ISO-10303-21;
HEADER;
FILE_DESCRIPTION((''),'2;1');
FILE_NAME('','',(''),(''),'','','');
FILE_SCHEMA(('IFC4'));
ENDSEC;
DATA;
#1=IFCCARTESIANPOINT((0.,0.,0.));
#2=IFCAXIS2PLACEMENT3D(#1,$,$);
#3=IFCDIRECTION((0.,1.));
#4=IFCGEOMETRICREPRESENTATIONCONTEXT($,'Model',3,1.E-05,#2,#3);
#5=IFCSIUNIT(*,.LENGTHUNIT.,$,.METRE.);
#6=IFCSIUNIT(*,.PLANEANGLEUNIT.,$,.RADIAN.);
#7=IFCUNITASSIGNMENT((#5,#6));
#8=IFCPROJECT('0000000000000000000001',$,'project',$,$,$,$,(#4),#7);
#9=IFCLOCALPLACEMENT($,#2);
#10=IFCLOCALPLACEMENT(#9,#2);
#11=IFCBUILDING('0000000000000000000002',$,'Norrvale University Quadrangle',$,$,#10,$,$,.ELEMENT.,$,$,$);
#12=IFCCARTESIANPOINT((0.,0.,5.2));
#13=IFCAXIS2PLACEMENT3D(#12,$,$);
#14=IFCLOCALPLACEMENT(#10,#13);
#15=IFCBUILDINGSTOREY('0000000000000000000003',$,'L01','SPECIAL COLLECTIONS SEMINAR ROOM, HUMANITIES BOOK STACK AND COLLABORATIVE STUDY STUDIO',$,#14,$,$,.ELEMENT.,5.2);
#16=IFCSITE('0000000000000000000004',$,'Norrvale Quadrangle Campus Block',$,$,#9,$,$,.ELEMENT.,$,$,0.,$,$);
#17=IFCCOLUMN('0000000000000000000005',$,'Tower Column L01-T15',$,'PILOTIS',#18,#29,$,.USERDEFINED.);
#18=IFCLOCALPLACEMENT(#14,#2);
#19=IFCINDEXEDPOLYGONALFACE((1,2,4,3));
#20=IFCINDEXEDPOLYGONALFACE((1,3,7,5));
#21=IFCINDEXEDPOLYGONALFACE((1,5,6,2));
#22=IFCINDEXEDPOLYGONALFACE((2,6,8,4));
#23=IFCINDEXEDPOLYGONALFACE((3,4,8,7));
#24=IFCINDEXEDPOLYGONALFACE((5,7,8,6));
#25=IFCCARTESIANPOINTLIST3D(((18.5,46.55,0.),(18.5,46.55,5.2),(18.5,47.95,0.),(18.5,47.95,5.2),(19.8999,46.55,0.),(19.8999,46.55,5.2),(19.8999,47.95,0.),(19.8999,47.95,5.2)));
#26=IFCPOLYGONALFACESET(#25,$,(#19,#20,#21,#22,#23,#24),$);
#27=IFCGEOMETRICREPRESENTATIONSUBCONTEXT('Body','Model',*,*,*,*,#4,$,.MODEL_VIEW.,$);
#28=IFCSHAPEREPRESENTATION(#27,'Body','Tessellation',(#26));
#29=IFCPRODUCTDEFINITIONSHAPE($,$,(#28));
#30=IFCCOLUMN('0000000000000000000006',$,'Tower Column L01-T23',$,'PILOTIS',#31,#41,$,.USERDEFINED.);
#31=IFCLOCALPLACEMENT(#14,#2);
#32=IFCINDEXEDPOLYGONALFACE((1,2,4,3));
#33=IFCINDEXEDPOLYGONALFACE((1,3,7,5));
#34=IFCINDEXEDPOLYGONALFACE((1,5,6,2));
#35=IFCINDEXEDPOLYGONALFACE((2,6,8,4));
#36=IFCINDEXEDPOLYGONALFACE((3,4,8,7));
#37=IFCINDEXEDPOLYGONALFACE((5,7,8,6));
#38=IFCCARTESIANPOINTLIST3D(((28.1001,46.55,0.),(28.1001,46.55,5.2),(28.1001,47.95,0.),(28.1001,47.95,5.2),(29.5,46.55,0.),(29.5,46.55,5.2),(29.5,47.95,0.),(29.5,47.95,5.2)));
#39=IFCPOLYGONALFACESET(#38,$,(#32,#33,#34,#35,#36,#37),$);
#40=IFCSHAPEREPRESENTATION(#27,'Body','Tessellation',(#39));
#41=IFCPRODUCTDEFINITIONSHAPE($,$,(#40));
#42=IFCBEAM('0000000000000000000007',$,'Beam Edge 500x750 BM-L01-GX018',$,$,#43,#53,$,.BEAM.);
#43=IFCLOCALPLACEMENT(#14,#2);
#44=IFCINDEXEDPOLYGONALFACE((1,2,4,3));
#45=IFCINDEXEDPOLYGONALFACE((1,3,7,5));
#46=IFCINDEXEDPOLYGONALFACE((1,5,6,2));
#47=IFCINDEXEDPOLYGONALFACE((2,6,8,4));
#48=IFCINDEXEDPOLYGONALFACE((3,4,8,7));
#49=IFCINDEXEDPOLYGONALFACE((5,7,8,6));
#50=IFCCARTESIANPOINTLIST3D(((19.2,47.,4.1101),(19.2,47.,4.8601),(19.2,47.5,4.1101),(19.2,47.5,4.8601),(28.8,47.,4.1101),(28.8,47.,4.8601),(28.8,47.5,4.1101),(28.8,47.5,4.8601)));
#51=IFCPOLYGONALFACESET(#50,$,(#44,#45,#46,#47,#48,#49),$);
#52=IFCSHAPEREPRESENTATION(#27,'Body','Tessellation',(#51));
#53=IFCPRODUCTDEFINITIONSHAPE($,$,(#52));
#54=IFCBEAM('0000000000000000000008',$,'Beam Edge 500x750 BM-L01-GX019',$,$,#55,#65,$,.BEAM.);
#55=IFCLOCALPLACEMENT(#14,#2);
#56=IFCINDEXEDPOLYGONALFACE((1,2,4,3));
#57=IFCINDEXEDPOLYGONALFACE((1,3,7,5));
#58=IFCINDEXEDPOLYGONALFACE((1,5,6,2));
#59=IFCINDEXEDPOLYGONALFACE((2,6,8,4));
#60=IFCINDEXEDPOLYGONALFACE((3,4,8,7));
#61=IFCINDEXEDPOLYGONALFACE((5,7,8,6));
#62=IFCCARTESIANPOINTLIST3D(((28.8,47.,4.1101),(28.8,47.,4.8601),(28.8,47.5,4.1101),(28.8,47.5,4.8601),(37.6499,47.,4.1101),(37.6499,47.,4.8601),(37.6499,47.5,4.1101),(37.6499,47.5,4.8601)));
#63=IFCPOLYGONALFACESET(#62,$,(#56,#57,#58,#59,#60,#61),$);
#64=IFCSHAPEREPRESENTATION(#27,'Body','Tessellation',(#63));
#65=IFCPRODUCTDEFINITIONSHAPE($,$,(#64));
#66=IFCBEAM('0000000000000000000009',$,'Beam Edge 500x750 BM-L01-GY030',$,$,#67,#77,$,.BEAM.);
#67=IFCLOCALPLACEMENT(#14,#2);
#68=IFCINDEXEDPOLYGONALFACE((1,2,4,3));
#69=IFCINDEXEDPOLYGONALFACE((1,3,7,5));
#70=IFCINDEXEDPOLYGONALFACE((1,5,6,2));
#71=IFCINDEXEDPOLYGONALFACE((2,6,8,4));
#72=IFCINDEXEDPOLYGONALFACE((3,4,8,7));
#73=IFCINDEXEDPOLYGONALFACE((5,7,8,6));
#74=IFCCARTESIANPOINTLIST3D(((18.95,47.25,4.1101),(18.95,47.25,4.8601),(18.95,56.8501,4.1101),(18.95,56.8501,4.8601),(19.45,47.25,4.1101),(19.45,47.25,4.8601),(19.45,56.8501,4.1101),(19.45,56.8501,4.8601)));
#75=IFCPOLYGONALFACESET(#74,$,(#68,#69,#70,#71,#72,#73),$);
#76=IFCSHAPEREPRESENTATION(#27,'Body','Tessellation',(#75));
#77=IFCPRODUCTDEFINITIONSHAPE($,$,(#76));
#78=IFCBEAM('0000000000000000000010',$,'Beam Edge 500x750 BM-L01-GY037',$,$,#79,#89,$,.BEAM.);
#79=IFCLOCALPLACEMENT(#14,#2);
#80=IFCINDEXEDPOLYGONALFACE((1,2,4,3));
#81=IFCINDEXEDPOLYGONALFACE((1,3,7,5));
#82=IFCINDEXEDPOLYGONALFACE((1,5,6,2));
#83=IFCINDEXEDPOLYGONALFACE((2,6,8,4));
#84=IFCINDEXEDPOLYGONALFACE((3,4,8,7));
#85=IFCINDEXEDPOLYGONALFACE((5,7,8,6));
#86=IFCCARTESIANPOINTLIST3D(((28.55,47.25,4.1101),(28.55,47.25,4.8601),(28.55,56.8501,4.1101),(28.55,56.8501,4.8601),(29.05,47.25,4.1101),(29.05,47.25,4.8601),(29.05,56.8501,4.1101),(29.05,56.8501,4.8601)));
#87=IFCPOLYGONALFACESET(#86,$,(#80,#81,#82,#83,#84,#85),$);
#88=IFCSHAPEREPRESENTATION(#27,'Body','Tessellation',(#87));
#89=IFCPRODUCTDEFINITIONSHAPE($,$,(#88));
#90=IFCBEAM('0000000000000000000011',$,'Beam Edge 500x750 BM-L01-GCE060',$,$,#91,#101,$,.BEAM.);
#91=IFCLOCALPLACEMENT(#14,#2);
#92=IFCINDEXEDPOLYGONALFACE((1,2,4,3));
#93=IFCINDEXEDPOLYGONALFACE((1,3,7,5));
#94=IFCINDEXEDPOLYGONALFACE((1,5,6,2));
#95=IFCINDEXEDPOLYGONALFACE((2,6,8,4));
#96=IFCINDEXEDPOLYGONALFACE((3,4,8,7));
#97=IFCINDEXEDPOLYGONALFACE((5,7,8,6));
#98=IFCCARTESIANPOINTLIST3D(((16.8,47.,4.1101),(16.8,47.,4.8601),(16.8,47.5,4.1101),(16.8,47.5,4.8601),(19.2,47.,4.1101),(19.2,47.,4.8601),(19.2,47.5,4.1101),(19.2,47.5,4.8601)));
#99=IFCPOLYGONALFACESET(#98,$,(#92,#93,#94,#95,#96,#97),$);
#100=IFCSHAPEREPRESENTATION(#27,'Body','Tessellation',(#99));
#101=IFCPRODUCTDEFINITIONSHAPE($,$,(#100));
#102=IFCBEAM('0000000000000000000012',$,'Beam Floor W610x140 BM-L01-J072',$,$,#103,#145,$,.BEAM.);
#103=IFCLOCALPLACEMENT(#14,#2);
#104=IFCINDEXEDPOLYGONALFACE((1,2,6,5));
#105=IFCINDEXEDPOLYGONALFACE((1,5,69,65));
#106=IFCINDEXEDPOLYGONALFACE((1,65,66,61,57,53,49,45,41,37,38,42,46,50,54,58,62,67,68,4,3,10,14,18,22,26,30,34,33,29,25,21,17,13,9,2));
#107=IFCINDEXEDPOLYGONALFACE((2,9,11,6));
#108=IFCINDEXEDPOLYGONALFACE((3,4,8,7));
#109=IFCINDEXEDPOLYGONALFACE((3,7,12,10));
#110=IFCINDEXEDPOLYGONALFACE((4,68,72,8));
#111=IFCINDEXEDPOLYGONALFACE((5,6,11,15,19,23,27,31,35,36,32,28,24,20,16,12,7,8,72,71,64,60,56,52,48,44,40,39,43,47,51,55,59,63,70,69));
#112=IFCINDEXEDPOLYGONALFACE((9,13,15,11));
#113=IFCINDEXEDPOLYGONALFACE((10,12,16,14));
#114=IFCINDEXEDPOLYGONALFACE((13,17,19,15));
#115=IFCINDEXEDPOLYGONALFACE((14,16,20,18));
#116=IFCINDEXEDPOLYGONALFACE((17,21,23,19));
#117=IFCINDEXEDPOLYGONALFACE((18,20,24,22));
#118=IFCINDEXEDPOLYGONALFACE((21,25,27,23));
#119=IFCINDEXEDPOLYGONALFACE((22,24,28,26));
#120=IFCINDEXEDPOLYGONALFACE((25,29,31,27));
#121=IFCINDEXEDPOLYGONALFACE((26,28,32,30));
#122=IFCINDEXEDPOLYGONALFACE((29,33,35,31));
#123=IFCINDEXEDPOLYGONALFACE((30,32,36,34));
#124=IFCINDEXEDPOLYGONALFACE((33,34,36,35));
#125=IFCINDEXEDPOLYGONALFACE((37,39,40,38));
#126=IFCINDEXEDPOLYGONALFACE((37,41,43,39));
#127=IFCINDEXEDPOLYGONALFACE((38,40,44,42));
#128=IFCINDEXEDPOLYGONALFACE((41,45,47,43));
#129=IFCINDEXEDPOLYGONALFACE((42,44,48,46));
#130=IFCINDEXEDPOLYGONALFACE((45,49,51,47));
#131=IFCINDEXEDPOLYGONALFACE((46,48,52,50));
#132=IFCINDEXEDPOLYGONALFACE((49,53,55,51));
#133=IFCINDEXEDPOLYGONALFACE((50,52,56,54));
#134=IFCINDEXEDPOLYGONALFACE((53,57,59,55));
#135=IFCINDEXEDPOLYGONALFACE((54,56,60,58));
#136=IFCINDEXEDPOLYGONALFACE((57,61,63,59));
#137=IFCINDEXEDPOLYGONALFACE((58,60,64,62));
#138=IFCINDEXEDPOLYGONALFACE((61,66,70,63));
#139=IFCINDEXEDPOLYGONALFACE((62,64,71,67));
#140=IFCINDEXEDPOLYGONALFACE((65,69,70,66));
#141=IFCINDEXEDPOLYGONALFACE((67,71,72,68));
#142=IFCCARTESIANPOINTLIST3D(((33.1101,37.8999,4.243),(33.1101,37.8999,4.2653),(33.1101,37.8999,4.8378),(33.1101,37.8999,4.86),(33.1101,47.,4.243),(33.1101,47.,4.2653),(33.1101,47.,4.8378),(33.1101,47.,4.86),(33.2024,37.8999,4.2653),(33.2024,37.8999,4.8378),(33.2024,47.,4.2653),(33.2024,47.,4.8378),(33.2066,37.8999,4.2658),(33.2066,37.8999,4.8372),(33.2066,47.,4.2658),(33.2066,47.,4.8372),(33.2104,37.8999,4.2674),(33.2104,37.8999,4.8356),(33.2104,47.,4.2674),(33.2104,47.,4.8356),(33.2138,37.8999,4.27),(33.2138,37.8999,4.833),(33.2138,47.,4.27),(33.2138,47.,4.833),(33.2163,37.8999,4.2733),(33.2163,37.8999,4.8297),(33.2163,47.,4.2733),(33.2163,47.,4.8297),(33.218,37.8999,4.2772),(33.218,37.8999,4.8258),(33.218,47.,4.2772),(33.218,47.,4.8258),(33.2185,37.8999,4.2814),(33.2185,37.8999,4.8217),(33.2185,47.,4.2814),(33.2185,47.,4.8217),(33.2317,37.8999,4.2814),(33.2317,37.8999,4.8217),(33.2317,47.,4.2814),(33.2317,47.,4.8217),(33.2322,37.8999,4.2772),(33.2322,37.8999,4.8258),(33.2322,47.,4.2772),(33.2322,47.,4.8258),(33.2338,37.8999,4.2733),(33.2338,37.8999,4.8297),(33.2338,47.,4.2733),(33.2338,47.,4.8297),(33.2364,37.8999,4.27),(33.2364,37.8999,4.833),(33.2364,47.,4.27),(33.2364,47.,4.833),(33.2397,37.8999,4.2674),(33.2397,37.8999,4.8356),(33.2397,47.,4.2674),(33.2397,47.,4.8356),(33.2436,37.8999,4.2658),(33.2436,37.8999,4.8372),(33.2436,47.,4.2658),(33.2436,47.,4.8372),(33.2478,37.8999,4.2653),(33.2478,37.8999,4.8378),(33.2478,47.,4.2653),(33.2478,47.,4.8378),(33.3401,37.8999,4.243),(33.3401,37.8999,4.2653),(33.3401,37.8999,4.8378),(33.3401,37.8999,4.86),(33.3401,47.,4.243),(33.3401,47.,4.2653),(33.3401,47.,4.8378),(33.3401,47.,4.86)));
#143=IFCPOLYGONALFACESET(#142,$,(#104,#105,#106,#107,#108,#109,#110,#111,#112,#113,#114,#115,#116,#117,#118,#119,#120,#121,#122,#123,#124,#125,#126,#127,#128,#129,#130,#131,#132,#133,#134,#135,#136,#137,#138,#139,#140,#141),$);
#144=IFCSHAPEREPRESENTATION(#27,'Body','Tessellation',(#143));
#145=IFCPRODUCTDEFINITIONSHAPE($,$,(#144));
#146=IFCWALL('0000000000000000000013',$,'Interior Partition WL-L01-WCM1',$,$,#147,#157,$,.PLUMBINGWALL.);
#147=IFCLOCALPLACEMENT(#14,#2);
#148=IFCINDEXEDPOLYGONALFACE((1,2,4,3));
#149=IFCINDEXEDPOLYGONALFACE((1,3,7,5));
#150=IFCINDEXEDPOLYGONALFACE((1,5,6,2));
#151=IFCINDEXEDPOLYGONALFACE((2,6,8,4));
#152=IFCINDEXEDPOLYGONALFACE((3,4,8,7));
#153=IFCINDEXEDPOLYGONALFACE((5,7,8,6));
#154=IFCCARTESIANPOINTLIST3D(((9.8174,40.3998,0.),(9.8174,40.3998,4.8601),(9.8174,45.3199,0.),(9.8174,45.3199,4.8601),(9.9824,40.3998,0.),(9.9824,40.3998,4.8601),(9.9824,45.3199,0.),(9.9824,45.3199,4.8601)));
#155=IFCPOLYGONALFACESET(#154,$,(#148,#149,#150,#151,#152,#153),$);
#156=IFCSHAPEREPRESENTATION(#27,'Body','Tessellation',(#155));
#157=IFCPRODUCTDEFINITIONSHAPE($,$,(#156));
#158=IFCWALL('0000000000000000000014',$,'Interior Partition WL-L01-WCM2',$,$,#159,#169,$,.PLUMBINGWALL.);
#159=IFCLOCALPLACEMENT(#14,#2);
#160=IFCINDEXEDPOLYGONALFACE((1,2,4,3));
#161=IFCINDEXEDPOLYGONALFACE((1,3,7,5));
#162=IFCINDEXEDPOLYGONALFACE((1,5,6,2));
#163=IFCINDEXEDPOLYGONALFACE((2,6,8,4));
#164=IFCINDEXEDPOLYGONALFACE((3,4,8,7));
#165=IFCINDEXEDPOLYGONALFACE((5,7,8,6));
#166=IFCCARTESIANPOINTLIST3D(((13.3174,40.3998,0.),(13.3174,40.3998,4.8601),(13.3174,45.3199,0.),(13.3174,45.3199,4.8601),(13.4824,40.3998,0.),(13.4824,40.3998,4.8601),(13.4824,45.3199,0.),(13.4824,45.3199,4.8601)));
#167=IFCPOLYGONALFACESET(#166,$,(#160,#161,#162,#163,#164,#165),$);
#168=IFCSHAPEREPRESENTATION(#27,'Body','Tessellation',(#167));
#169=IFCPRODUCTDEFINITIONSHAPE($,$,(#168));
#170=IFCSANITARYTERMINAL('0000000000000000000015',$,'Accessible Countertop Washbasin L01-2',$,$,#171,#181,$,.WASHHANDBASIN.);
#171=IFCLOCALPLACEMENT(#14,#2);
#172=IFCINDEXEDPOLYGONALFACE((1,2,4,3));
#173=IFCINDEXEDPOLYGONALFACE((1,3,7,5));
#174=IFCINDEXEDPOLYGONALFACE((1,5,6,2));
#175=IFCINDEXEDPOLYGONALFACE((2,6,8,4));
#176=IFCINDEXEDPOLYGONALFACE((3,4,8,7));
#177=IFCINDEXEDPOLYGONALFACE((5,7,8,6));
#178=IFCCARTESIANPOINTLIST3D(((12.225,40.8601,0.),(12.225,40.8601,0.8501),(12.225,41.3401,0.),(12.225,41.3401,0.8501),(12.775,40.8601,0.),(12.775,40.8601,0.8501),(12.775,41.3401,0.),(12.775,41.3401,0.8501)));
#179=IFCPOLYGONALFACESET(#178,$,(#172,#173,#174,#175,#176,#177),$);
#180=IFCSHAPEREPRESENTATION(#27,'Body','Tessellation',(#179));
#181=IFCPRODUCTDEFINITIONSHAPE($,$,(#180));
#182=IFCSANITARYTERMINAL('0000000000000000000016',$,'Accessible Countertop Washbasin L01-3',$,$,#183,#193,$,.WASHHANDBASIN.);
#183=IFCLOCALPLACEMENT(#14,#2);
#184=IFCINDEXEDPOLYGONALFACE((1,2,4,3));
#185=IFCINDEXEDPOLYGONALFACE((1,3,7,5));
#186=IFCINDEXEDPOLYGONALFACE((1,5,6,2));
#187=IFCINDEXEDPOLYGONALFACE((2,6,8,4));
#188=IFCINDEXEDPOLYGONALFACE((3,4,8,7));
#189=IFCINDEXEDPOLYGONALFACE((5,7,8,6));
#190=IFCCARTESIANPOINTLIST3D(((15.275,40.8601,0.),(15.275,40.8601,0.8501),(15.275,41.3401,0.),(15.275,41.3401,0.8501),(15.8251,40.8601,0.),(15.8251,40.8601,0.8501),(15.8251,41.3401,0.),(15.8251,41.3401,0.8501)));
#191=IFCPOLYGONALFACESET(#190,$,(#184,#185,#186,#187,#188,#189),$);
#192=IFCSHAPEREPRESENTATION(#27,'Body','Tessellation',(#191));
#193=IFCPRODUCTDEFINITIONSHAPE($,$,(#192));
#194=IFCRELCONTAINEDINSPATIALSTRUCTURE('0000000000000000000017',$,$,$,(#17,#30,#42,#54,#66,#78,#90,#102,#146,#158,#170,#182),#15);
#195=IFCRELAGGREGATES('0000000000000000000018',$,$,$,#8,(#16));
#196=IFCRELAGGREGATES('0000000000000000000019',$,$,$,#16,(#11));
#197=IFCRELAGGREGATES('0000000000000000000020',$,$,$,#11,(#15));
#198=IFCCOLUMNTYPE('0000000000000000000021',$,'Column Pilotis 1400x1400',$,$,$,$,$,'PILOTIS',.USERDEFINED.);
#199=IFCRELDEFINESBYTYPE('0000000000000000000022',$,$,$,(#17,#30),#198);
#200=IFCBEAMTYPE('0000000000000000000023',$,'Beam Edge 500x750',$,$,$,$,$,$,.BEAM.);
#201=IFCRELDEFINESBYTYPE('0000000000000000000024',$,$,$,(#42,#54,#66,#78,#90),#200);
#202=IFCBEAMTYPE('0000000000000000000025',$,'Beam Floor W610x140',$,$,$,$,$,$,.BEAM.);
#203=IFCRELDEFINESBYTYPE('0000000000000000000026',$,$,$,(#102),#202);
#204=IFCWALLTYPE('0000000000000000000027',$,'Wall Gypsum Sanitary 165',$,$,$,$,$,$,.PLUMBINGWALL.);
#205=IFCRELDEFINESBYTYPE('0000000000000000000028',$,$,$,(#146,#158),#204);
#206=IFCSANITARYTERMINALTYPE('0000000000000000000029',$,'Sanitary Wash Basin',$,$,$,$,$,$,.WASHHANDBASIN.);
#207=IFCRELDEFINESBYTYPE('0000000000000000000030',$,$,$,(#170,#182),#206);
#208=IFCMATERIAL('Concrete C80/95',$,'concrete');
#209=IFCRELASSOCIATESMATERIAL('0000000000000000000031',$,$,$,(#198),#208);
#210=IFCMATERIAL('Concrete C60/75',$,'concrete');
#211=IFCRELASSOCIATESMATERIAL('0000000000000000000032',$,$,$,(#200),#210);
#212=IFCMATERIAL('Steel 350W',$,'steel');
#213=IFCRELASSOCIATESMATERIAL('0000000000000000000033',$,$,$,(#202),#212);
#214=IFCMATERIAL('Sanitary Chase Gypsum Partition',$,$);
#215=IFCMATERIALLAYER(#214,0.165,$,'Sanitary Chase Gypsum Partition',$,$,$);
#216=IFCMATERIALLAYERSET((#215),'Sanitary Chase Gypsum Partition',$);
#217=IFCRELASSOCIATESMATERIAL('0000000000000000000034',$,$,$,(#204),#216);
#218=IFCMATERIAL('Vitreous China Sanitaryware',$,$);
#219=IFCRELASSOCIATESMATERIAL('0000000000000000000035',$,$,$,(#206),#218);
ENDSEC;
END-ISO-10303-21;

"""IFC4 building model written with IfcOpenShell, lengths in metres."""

from ifc_helpers import new_model, si_unit, direction, frame, frame_2d, origin, origin_2d, place, context, subcontext, project, spatial, rectangle, i_section, extrude, material, layer, layer_set, material_profile, profile_set, type_object, element, save


model = new_model("IFC4")

# Units and contexts
model_context = context("Model", 3, precision=1e-05, world=origin(), true_north=direction((0.0, 1.0)))
body_context = subcontext(model_context, "Body", "Model", "MODEL_VIEW")
ifc_project = project(units=[si_unit("LENGTHUNIT", "METRE"), si_unit("PLANEANGLEUNIT", "RADIAN")], contexts=[model_context])

# Site, building, storey
site_placement = place(None, origin())
site = spatial("IfcSite", under=ifc_project, at=site_placement, Name="Norrvale Quadrangle Campus Block", CompositionType="ELEMENT", RefElevation=0.0)
building_placement = place(site_placement, origin())
building = spatial("IfcBuilding", under=site, at=building_placement, Name="Norrvale University Quadrangle", CompositionType="ELEMENT")
storey_placement = place(building_placement, frame((0.0, 0.0, 5.2)))
storey = spatial("IfcBuildingStorey", under=building, at=storey_placement, Name="L01", Description="SPECIAL COLLECTIONS SEMINAR ROOM, HUMANITIES BOOK STACK AND COLLABORATIVE STUDY STUDIO", CompositionType="ELEMENT", Elevation=5.2)

# Columns
ifc_material_1 = material(Name="Concrete C80/95", Category="concrete")
ifc_material_profile_1 = material_profile(ifc_material_1, rectangle(XDim=1.3999, YDim=1.3999, at=origin_2d()), Name="Concrete C80/95")
ifc_profile_set_1 = profile_set([ifc_material_profile_1], Name="Concrete C80/95")
column_type = type_object("IfcColumnType", Name="Column Pilotis 1400x1400", ElementType="PILOTIS", PredefinedType="USERDEFINED", material=ifc_profile_set_1)
for number, where, z_axis, x_axis, name in (
    (1, (19.2, 47.25, 0.0), (0.0, 0.0, 1.0), (1.0, 0.0, 0.0), "Tower Column L01-T15"),
    (2, (28.8, 47.25, 0.0), (0.0, 0.0, 1.0), (1.0, 0.0, 0.0), "Tower Column L01-T23"),
):
    element("IfcColumn", number, at=place(storey_placement, frame(where, z_axis=z_axis, x_axis=x_axis)), inside=storey, type_object=column_type, Name=name, ObjectType="PILOTIS", PredefinedType="USERDEFINED", context=body_context, shape_type="SweptSolid", body=[
        extrude(rectangle(XDim=1.3999, YDim=1.3999, at=origin_2d()), origin(), (0.0, 0.0, 1.0), 5.2),
    ])

# Beams
ifc_material_2 = material(Name="Concrete C60/75", Category="concrete")
ifc_material_profile_2 = material_profile(ifc_material_2, rectangle(XDim=0.5, YDim=0.75, at=origin_2d()), Name="Concrete C60/75")
ifc_profile_set_2 = profile_set([ifc_material_profile_2], Name="Concrete C60/75")
beam_type_1 = type_object("IfcBeamType", Name="Beam Edge 500x750", PredefinedType="BEAM", material=ifc_profile_set_2)
beam_1_placement = place(storey_placement, frame((19.2, 47.25, 4.4851), z_axis=(1.0, 0.0, 0.0), x_axis=(0.0, 1.0, 0.0)))
element("IfcBeam", 3, at=beam_1_placement, inside=storey, type_object=beam_type_1, Name="Beam Edge 500x750 BM-L01-GX018", PredefinedType="BEAM", context=body_context, shape_type="SweptSolid", body=[
    extrude(rectangle(XDim=0.5, YDim=0.75, at=origin_2d()), origin(), (0.0, 0.0, 1.0), 9.6001),
])
beam_2_placement = place(storey_placement, frame((28.8, 47.25, 4.4851), z_axis=(1.0, 0.0, 0.0), x_axis=(0.0, 1.0, 0.0)))
element("IfcBeam", 4, at=beam_2_placement, inside=storey, type_object=beam_type_1, Name="Beam Edge 500x750 BM-L01-GX019", PredefinedType="BEAM", context=body_context, shape_type="SweptSolid", body=[
    extrude(rectangle(XDim=0.5, YDim=0.75, at=origin_2d()), origin(), (0.0, 0.0, 1.0), 8.8499),
])
for number, where, z_axis, x_axis, name in (
    (5, (19.2, 47.25, 4.4851), (0.0, 1.0, 0.0), (-1.0, 0.0, 0.0), "Beam Edge 500x750 BM-L01-GY030"),
    (6, (28.8, 47.25, 4.4851), (0.0, 1.0, 0.0), (-1.0, 0.0, 0.0), "Beam Edge 500x750 BM-L01-GY037"),
):
    element("IfcBeam", number, at=place(storey_placement, frame(where, z_axis=z_axis, x_axis=x_axis)), inside=storey, type_object=beam_type_1, Name=name, PredefinedType="BEAM", context=body_context, shape_type="SweptSolid", body=[
        extrude(rectangle(XDim=0.5, YDim=0.75, at=origin_2d()), origin(), (0.0, 0.0, 1.0), 9.6001),
    ])
beam_3_placement = place(storey_placement, frame((16.8, 47.25, 4.4851), z_axis=(1.0, 0.0, 0.0), x_axis=(0.0, 1.0, 0.0)))
element("IfcBeam", 7, at=beam_3_placement, inside=storey, type_object=beam_type_1, Name="Beam Edge 500x750 BM-L01-GCE060", PredefinedType="BEAM", context=body_context, shape_type="SweptSolid", body=[
    extrude(rectangle(XDim=0.5, YDim=0.75, at=origin_2d()), origin(), (0.0, 0.0, 1.0), 2.3999),
])
ifc_material_3 = material(Name="Steel 350W", Category="steel")
ifc_material_profile_3 = material_profile(ifc_material_3, i_section(OverallWidth=0.23, OverallDepth=0.6169, WebThickness=0.0132, FlangeThickness=0.0222, FilletRadius=0.0161, at=origin_2d()), Name="Steel 350W")
ifc_profile_set_3 = profile_set([ifc_material_profile_3], Name="Steel 350W")
beam_type_2 = type_object("IfcBeamType", Name="Beam Floor W610x140", PredefinedType="BEAM", material=ifc_profile_set_3)
beam_4_placement = place(storey_placement, frame((33.2251, 37.8999, 4.5515), z_axis=(0.0, 1.0, 0.0), x_axis=(-1.0, 0.0, 0.0)))
element("IfcBeam", 8, at=beam_4_placement, inside=storey, type_object=beam_type_2, Name="Beam Floor W610x140 BM-L01-J072", PredefinedType="BEAM", context=body_context, shape_type="SweptSolid", body=[
    extrude(i_section(OverallWidth=0.23, OverallDepth=0.6169, WebThickness=0.0132, FlangeThickness=0.0222, FilletRadius=0.0161, at=origin_2d()), origin(), (0.0, 0.0, 1.0), 9.1001),
])

# Walls
ifc_material_4 = material(Name="Sanitary Chase Gypsum Partition")
ifc_layer_1 = layer(ifc_material_4, 0.165, Name="Sanitary Chase Gypsum Partition")
ifc_layer_set_1 = layer_set([ifc_layer_1], Name="Sanitary Chase Gypsum Partition")
wall_type = type_object("IfcWallType", Name="Wall Gypsum Sanitary 165", PredefinedType="PLUMBINGWALL", material=ifc_layer_set_1)
for number, where, z_axis, x_axis, name in (
    (9, (9.8999, 40.3999, 0.0), (0.0, 0.0, 1.0), (0.0, 1.0, 0.0), "Interior Partition WL-L01-WCM1"),
    (10, (13.3999, 40.3999, 0.0), (0.0, 0.0, 1.0), (0.0, 1.0, 0.0), "Interior Partition WL-L01-WCM2"),
):
    element("IfcWall", number, at=place(storey_placement, frame(where, z_axis=z_axis, x_axis=x_axis)), inside=storey, type_object=wall_type, Name=name, PredefinedType="PLUMBINGWALL", context=body_context, shape_type="SweptSolid", body=[
        extrude(rectangle(XDim=4.9202, YDim=0.165, at=frame_2d((2.46, 0.0))), origin(), (0.0, 0.0, 1.0), 4.8601),
    ])

# Sanitary terminals
ifc_material_5 = material(Name="Vitreous China Sanitaryware")
sanitary_terminal_type_1 = type_object("IfcSanitaryTerminalType", Name="Sanitary Wash Basin", PredefinedType="WASHHANDBASIN", material=ifc_material_5)
for number, where, z_axis, x_axis, name in (
    (11, (12.5, 41.1001, 0.0), (0.0, 0.0, 1.0), (1.0, 0.0, 0.0), "Accessible Countertop Washbasin L01-2"),
    (12, (15.55, 41.1001, 0.0), (0.0, 0.0, 1.0), (1.0, 0.0, 0.0), "Accessible Countertop Washbasin L01-3"),
):
    element("IfcSanitaryTerminal", number, at=place(storey_placement, frame(where, z_axis=z_axis, x_axis=x_axis)), inside=storey, type_object=sanitary_terminal_type_1, Name=name, PredefinedType="WASHHANDBASIN", context=body_context, shape_type="SweptSolid", body=[
        extrude(rectangle(XDim=0.55, YDim=0.48, at=origin_2d()), origin(), (0.0, 0.0, 1.0), 0.8501),
    ])

save(model, "model.ifc")
